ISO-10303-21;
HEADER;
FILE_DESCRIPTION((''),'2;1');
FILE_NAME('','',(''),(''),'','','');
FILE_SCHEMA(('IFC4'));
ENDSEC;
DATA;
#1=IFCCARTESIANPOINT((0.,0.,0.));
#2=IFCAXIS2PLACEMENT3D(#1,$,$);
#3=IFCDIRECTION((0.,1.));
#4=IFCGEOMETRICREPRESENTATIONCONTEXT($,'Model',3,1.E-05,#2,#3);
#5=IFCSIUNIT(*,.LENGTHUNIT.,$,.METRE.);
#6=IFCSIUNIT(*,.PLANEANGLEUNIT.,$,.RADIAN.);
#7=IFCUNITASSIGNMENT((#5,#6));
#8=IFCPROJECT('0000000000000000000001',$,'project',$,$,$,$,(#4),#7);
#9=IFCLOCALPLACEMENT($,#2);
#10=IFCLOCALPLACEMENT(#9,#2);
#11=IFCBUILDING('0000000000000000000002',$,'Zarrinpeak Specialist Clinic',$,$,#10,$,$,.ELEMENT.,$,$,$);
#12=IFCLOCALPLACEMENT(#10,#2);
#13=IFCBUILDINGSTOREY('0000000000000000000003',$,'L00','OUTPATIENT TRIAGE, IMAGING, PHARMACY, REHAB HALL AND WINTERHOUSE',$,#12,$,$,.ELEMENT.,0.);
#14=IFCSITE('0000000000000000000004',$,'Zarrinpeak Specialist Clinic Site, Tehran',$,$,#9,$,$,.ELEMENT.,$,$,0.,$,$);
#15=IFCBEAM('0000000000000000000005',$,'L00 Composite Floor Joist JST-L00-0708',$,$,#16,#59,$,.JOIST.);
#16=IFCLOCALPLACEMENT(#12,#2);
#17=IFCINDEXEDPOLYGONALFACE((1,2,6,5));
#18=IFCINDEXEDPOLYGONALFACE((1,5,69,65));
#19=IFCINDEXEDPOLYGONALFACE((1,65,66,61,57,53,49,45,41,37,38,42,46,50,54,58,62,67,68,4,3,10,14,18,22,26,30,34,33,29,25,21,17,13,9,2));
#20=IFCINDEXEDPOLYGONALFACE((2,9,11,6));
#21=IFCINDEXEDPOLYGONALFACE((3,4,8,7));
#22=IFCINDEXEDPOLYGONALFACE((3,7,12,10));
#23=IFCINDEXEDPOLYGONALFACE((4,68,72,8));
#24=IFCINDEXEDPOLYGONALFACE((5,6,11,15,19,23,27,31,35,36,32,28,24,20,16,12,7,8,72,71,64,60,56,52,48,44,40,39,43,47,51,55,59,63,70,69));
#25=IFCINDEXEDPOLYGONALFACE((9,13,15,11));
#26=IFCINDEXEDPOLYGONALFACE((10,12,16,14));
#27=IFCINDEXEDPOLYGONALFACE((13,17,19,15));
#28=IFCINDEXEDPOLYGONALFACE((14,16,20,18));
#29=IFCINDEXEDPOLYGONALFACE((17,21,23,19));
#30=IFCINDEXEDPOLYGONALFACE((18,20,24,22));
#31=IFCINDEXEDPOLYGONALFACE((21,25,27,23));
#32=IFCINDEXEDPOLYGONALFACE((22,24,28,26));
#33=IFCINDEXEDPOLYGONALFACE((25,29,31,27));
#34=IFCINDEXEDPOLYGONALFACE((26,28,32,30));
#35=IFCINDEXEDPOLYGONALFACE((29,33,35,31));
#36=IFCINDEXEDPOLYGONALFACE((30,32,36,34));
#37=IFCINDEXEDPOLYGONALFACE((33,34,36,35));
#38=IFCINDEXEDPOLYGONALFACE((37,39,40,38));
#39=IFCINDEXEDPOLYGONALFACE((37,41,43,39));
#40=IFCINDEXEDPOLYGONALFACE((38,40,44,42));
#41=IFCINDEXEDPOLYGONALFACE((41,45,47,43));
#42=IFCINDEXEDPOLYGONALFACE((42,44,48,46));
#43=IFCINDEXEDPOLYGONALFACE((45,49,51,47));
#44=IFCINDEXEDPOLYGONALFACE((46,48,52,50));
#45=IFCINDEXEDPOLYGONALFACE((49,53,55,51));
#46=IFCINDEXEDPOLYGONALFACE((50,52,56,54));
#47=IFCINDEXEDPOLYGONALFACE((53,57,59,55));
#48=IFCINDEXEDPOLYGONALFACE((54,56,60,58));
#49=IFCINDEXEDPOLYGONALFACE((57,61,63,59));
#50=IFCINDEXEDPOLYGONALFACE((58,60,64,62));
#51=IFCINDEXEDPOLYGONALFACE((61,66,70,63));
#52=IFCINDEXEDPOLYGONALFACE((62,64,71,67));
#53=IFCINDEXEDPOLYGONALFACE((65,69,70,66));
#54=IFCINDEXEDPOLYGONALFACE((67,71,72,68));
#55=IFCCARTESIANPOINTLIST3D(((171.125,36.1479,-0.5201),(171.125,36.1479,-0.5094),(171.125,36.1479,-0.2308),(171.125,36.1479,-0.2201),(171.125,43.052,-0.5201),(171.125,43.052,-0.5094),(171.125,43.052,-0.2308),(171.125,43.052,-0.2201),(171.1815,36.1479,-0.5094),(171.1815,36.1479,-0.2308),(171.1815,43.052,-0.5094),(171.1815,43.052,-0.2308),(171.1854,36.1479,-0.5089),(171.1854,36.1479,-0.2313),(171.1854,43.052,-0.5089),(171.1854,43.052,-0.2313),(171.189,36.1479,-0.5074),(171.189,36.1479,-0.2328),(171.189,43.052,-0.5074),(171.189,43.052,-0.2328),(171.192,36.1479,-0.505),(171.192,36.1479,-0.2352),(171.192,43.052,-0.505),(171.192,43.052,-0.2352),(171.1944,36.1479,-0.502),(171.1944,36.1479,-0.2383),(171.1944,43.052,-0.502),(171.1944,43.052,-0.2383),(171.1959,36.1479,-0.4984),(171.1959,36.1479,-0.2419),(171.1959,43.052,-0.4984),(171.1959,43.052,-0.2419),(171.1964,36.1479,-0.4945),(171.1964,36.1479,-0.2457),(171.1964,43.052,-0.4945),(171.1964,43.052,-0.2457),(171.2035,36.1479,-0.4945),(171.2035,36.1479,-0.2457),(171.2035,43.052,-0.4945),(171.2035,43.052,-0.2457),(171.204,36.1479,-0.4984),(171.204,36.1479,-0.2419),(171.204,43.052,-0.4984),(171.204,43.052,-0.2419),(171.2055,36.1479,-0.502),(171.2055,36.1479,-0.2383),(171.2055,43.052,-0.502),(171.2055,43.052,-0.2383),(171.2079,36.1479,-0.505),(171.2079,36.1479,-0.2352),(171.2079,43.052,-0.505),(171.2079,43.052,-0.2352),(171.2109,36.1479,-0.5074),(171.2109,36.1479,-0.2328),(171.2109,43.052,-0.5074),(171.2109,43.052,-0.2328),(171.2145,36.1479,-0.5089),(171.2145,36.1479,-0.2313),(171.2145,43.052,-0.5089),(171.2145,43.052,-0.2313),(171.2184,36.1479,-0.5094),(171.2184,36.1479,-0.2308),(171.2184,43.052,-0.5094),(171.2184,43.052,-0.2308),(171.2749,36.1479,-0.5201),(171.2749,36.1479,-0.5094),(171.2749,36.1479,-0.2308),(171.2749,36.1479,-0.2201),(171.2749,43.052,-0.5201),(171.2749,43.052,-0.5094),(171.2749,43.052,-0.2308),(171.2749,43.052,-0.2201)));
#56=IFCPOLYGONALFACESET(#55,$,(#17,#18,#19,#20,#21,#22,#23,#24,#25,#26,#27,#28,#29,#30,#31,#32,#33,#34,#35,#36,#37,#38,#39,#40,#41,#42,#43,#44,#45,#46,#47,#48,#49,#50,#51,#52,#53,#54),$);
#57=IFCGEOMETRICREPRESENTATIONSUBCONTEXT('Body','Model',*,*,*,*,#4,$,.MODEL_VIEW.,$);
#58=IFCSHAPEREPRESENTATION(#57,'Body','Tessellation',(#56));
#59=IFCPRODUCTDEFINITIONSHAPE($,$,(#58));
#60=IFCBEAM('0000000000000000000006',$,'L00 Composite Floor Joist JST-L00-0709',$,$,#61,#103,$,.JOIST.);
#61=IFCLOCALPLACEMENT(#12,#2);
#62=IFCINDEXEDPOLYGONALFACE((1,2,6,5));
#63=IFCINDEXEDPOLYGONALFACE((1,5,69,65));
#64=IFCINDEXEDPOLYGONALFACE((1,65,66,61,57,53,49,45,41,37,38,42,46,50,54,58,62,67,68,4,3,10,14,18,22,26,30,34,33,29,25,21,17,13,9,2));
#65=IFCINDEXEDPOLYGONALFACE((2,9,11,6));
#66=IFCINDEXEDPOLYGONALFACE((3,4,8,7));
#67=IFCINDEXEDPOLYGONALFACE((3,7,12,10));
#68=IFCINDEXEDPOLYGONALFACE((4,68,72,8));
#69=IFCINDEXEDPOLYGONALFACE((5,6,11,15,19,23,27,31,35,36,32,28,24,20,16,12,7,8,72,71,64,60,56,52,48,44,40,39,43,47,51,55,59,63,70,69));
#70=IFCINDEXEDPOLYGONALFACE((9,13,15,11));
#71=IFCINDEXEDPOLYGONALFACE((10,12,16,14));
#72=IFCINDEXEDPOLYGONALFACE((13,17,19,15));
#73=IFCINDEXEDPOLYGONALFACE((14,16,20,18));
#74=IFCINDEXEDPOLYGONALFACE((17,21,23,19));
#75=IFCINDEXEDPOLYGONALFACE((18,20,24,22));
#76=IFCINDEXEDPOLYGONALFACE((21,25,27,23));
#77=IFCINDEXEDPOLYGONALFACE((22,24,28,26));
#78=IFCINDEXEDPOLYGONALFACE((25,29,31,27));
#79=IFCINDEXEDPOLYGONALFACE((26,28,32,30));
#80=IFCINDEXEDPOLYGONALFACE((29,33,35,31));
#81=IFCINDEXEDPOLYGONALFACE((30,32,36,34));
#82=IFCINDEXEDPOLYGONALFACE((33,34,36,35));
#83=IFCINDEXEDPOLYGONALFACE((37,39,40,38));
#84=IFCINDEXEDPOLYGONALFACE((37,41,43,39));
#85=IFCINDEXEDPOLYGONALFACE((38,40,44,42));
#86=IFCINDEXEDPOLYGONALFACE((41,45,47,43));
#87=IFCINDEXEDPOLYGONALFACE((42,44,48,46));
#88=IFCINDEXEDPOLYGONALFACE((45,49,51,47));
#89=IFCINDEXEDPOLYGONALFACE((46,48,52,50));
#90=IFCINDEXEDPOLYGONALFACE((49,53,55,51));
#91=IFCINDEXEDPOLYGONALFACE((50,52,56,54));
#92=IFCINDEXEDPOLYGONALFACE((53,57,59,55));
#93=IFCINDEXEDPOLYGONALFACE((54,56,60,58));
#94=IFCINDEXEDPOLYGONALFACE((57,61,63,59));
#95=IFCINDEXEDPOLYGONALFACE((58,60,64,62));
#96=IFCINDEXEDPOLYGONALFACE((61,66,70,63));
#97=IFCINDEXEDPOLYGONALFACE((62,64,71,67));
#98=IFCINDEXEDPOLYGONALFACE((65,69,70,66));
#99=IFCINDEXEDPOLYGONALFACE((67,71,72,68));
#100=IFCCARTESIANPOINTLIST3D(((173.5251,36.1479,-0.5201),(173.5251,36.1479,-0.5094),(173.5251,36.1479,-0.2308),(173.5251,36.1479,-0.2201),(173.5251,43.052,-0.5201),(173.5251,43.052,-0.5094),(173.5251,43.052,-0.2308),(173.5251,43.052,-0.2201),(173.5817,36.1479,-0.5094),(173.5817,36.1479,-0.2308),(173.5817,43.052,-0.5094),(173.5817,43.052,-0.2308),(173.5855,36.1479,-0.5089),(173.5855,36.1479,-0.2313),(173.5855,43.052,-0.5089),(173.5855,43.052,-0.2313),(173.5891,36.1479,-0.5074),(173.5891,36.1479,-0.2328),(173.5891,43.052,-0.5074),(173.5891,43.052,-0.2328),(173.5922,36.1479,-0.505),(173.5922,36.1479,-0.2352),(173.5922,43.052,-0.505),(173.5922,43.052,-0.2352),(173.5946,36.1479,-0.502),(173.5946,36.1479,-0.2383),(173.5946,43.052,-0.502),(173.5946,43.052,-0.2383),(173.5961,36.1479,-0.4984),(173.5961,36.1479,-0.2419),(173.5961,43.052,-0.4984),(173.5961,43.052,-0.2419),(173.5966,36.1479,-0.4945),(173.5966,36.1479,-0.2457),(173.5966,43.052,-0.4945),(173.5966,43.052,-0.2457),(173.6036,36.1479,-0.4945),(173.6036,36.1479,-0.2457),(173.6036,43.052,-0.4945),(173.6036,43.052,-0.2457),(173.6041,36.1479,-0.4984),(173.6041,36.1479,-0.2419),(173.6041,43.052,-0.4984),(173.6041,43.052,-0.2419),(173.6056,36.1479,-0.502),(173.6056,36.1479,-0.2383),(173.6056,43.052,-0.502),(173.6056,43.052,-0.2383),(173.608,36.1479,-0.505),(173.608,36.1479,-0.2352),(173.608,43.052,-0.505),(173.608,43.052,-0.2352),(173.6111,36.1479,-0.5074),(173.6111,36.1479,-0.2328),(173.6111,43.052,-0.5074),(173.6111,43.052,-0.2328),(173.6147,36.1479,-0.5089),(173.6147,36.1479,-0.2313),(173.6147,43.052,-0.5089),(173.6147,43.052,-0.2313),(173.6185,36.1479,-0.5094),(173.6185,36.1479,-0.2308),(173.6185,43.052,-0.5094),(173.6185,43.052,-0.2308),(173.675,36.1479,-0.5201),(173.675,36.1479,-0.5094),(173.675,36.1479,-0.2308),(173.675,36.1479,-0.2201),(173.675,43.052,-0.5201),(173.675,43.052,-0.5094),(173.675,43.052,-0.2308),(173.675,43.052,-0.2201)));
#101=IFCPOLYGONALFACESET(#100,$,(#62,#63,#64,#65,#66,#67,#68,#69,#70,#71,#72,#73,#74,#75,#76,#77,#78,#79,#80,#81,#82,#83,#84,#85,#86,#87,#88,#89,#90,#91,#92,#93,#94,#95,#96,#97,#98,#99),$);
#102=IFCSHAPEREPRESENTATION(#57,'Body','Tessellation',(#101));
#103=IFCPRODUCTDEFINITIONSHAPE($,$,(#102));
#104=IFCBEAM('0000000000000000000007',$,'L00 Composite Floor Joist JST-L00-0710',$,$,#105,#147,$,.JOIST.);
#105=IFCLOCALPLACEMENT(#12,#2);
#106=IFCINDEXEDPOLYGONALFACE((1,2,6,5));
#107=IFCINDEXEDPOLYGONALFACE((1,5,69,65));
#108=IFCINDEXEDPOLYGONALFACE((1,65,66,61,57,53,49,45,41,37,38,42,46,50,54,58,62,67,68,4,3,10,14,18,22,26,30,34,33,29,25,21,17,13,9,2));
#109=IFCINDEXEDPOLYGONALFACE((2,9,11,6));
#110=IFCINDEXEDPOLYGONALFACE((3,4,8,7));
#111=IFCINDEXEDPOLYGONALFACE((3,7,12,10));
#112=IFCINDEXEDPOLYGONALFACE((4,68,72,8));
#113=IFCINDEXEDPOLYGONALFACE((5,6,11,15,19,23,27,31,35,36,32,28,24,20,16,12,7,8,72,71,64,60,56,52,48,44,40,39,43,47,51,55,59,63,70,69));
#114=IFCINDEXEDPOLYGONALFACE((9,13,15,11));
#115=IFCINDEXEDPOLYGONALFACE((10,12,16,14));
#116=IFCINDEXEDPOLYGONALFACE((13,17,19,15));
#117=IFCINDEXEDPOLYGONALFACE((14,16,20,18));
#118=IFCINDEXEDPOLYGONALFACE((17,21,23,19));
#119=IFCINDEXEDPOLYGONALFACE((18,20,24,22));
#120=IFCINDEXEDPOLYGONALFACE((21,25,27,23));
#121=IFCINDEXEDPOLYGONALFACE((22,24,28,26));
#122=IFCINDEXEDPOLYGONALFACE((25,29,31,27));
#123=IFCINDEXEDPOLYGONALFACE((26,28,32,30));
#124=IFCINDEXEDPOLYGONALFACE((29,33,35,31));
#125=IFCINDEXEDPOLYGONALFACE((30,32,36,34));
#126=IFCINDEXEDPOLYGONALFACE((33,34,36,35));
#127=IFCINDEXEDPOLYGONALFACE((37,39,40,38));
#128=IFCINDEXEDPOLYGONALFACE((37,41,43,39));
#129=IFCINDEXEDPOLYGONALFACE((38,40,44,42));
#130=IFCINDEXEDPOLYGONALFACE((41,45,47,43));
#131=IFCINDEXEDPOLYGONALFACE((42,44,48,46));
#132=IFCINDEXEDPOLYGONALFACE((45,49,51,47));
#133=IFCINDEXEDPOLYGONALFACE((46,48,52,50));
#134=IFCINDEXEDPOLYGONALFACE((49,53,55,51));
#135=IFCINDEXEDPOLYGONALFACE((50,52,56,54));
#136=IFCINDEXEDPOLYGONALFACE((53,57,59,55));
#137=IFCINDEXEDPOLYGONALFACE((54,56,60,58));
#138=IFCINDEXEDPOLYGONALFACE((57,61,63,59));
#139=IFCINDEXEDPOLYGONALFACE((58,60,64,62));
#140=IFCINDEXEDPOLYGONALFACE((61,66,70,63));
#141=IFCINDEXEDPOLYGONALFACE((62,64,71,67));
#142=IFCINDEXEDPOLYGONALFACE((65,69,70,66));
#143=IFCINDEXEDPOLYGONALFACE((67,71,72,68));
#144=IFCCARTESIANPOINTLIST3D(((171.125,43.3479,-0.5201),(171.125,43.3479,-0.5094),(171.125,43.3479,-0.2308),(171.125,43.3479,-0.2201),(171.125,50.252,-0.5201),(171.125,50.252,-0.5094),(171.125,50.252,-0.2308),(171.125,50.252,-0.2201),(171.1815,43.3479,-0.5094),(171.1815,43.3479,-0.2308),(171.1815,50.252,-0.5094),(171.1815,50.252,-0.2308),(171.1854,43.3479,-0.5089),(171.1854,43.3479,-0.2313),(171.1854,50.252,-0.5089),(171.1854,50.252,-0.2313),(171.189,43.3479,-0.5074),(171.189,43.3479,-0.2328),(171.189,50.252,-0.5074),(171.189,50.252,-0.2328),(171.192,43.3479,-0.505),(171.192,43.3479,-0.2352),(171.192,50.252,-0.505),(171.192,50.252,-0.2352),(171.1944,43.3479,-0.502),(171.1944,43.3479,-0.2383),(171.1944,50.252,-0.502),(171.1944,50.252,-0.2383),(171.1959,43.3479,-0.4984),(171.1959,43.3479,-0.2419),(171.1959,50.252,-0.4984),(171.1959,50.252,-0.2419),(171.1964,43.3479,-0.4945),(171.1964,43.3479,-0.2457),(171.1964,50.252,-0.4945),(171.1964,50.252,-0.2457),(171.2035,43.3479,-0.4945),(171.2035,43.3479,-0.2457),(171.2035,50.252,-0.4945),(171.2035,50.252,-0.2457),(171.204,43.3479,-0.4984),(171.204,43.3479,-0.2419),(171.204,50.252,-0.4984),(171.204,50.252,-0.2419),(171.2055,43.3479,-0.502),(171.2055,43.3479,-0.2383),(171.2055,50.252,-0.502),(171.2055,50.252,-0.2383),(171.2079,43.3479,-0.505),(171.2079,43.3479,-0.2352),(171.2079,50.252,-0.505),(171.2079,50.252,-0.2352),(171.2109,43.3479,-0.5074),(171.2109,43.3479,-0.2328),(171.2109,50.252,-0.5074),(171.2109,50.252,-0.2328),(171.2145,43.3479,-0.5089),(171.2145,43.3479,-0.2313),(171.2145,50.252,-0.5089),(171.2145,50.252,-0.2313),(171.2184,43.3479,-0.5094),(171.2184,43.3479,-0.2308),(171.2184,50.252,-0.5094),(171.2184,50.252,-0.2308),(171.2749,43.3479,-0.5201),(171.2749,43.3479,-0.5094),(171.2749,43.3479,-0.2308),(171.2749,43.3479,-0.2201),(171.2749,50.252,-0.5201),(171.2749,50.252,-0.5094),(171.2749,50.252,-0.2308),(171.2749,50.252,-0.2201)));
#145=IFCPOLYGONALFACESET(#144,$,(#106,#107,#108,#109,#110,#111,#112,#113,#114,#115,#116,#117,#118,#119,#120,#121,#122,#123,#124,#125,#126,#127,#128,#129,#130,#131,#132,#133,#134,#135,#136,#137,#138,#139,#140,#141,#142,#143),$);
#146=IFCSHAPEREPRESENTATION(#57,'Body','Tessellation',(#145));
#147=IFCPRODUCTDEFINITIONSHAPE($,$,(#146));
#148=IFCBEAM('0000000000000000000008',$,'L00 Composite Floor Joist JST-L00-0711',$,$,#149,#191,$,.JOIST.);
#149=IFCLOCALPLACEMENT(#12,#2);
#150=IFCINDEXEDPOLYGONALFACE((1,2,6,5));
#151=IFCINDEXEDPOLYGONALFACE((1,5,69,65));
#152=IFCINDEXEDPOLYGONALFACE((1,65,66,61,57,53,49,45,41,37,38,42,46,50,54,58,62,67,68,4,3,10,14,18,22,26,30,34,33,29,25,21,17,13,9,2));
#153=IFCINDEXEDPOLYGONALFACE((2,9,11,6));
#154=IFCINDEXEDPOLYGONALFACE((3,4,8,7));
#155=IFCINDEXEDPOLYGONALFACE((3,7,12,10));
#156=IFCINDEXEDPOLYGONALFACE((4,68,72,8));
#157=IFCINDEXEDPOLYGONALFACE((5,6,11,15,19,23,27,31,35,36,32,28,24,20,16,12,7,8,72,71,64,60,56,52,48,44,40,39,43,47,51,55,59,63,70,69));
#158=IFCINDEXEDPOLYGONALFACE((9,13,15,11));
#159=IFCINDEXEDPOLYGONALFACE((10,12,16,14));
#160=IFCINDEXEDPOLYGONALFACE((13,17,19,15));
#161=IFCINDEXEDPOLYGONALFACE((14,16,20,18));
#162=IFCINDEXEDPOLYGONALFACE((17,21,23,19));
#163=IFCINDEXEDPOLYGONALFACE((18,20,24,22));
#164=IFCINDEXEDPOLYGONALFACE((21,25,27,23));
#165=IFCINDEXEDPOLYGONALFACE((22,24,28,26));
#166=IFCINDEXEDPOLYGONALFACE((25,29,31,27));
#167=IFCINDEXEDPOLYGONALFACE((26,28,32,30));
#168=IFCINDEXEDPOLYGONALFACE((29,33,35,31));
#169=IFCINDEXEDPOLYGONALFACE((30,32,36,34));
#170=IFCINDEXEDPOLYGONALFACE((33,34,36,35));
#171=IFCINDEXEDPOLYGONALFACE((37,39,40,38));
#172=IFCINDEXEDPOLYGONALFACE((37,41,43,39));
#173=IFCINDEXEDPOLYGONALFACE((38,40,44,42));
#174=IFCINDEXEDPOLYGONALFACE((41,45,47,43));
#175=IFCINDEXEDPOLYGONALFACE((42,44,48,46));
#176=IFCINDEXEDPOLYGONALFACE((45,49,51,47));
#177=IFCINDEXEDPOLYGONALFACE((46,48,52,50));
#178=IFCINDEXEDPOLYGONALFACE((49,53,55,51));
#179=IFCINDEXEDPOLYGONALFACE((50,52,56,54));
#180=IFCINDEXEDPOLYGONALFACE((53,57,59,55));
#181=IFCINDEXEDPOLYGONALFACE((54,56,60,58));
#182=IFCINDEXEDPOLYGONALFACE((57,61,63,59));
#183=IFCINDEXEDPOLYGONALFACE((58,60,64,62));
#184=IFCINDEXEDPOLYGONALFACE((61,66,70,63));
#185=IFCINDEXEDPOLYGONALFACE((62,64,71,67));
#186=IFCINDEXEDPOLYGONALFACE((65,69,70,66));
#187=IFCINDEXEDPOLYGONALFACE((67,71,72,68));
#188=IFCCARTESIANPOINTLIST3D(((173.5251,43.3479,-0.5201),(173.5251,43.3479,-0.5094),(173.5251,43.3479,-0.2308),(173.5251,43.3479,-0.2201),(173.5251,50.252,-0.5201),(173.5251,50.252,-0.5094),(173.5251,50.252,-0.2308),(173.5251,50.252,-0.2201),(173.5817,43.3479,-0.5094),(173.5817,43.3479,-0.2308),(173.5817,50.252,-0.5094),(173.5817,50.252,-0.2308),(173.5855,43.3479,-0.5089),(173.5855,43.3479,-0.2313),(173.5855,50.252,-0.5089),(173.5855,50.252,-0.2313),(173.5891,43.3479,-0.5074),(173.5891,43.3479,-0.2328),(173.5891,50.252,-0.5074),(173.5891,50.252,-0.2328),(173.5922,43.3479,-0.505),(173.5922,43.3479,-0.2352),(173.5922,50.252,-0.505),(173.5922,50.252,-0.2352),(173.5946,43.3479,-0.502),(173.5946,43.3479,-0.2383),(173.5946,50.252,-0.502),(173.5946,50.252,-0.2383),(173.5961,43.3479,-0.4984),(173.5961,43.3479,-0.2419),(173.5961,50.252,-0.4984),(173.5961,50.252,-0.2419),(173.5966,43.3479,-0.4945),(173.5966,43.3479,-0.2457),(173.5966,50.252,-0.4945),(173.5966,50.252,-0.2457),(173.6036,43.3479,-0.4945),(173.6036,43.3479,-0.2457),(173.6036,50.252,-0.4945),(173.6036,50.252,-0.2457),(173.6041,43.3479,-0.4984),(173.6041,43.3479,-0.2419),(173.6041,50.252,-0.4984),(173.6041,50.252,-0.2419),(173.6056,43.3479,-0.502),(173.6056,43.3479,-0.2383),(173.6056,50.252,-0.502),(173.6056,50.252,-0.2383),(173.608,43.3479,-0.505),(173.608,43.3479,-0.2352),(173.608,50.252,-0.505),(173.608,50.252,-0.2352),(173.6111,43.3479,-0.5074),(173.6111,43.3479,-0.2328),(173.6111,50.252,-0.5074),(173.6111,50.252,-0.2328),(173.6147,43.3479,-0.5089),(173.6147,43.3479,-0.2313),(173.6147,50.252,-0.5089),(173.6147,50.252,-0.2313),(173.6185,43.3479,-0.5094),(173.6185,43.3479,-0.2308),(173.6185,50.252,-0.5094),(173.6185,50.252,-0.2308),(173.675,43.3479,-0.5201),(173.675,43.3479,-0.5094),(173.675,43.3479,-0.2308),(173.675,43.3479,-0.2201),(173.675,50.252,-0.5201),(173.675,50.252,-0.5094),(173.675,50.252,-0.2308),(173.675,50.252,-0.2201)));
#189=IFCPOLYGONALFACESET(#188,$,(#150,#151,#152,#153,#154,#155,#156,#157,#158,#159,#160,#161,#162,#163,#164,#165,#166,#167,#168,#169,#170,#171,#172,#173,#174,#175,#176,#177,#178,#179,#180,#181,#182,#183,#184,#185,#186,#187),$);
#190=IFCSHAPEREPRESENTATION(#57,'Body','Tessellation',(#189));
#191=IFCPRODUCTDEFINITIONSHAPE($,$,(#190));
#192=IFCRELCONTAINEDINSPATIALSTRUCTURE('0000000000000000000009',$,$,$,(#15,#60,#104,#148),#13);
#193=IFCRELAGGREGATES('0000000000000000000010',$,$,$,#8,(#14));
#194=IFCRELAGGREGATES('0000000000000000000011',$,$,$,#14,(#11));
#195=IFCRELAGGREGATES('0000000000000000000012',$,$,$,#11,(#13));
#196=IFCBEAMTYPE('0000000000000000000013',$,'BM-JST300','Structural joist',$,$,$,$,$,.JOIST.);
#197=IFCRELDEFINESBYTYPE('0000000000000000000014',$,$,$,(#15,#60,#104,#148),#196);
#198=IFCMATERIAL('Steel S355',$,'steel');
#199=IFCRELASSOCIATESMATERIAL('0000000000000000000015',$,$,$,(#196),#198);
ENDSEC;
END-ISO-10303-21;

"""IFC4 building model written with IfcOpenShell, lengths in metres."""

from ifc_helpers import new_model, si_unit, direction, frame, origin, origin_2d, place, context, subcontext, project, spatial, i_section, extrude, material, material_profile, profile_set, type_object, element, save


model = new_model("IFC4")

# Units and contexts
model_context = context("Model", 3, precision=1e-05, world=origin(), true_north=direction((0.0, 1.0)))
body_context = subcontext(model_context, "Body", "Model", "MODEL_VIEW")
ifc_project = project(units=[si_unit("LENGTHUNIT", "METRE"), si_unit("PLANEANGLEUNIT", "RADIAN")], contexts=[model_context])

# Site, building, storey
site_placement = place(None, origin())
site = spatial("IfcSite", under=ifc_project, at=site_placement, Name="Zarrinpeak Specialist Clinic Site, Tehran", CompositionType="ELEMENT", RefElevation=0.0)
building_placement = place(site_placement, origin())
building = spatial("IfcBuilding", under=site, at=building_placement, Name="Zarrinpeak Specialist Clinic", CompositionType="ELEMENT")
storey_placement = place(building_placement, origin())
storey = spatial("IfcBuildingStorey", under=building, at=storey_placement, Name="L00", Description="OUTPATIENT TRIAGE, IMAGING, PHARMACY, REHAB HALL AND WINTERHOUSE", CompositionType="ELEMENT", Elevation=0.0)

# Beams
ifc_material_1 = material(Name="Steel S355", Category="steel")
ifc_material_profile_1 = material_profile(ifc_material_1, i_section(OverallWidth=0.1499, OverallDepth=0.3, WebThickness=0.0071, FlangeThickness=0.0107, FilletRadius=0.0149, at=origin_2d()), Name="IPE 300")
ifc_profile_set_1 = profile_set([ifc_material_profile_1], Name="Steel S355")
beam_type_1 = type_object("IfcBeamType", Name="BM-JST300", Description="Structural joist", PredefinedType="JOIST", material=ifc_profile_set_1)
for number, where, z_axis, x_axis, name in (
    (1, (171.2, 36.1479, -0.3701), (0.0, 1.0, 0.0), (-1.0, 0.0, 0.0), "L00 Composite Floor Joist JST-L00-0708"),
    (2, (173.6001, 36.1479, -0.3701), (0.0, 1.0, 0.0), (-1.0, 0.0, 0.0), "L00 Composite Floor Joist JST-L00-0709"),
    (3, (171.2, 43.3479, -0.3701), (0.0, 1.0, 0.0), (-1.0, 0.0, 0.0), "L00 Composite Floor Joist JST-L00-0710"),
    (4, (173.6001, 43.3479, -0.3701), (0.0, 1.0, 0.0), (-1.0, 0.0, 0.0), "L00 Composite Floor Joist JST-L00-0711"),
):
    element("IfcBeam", number, at=place(storey_placement, frame(where, z_axis=z_axis, x_axis=x_axis)), inside=storey, type_object=beam_type_1, Name=name, PredefinedType="JOIST", context=body_context, shape_type="SweptSolid", body=[
        extrude(i_section(OverallWidth=0.1499, OverallDepth=0.3, WebThickness=0.0071, FlangeThickness=0.0107, FilletRadius=0.0149, at=origin_2d()), origin(), (0.0, 0.0, 1.0), 6.9041),
    ])

save(model, "model.ifc")
